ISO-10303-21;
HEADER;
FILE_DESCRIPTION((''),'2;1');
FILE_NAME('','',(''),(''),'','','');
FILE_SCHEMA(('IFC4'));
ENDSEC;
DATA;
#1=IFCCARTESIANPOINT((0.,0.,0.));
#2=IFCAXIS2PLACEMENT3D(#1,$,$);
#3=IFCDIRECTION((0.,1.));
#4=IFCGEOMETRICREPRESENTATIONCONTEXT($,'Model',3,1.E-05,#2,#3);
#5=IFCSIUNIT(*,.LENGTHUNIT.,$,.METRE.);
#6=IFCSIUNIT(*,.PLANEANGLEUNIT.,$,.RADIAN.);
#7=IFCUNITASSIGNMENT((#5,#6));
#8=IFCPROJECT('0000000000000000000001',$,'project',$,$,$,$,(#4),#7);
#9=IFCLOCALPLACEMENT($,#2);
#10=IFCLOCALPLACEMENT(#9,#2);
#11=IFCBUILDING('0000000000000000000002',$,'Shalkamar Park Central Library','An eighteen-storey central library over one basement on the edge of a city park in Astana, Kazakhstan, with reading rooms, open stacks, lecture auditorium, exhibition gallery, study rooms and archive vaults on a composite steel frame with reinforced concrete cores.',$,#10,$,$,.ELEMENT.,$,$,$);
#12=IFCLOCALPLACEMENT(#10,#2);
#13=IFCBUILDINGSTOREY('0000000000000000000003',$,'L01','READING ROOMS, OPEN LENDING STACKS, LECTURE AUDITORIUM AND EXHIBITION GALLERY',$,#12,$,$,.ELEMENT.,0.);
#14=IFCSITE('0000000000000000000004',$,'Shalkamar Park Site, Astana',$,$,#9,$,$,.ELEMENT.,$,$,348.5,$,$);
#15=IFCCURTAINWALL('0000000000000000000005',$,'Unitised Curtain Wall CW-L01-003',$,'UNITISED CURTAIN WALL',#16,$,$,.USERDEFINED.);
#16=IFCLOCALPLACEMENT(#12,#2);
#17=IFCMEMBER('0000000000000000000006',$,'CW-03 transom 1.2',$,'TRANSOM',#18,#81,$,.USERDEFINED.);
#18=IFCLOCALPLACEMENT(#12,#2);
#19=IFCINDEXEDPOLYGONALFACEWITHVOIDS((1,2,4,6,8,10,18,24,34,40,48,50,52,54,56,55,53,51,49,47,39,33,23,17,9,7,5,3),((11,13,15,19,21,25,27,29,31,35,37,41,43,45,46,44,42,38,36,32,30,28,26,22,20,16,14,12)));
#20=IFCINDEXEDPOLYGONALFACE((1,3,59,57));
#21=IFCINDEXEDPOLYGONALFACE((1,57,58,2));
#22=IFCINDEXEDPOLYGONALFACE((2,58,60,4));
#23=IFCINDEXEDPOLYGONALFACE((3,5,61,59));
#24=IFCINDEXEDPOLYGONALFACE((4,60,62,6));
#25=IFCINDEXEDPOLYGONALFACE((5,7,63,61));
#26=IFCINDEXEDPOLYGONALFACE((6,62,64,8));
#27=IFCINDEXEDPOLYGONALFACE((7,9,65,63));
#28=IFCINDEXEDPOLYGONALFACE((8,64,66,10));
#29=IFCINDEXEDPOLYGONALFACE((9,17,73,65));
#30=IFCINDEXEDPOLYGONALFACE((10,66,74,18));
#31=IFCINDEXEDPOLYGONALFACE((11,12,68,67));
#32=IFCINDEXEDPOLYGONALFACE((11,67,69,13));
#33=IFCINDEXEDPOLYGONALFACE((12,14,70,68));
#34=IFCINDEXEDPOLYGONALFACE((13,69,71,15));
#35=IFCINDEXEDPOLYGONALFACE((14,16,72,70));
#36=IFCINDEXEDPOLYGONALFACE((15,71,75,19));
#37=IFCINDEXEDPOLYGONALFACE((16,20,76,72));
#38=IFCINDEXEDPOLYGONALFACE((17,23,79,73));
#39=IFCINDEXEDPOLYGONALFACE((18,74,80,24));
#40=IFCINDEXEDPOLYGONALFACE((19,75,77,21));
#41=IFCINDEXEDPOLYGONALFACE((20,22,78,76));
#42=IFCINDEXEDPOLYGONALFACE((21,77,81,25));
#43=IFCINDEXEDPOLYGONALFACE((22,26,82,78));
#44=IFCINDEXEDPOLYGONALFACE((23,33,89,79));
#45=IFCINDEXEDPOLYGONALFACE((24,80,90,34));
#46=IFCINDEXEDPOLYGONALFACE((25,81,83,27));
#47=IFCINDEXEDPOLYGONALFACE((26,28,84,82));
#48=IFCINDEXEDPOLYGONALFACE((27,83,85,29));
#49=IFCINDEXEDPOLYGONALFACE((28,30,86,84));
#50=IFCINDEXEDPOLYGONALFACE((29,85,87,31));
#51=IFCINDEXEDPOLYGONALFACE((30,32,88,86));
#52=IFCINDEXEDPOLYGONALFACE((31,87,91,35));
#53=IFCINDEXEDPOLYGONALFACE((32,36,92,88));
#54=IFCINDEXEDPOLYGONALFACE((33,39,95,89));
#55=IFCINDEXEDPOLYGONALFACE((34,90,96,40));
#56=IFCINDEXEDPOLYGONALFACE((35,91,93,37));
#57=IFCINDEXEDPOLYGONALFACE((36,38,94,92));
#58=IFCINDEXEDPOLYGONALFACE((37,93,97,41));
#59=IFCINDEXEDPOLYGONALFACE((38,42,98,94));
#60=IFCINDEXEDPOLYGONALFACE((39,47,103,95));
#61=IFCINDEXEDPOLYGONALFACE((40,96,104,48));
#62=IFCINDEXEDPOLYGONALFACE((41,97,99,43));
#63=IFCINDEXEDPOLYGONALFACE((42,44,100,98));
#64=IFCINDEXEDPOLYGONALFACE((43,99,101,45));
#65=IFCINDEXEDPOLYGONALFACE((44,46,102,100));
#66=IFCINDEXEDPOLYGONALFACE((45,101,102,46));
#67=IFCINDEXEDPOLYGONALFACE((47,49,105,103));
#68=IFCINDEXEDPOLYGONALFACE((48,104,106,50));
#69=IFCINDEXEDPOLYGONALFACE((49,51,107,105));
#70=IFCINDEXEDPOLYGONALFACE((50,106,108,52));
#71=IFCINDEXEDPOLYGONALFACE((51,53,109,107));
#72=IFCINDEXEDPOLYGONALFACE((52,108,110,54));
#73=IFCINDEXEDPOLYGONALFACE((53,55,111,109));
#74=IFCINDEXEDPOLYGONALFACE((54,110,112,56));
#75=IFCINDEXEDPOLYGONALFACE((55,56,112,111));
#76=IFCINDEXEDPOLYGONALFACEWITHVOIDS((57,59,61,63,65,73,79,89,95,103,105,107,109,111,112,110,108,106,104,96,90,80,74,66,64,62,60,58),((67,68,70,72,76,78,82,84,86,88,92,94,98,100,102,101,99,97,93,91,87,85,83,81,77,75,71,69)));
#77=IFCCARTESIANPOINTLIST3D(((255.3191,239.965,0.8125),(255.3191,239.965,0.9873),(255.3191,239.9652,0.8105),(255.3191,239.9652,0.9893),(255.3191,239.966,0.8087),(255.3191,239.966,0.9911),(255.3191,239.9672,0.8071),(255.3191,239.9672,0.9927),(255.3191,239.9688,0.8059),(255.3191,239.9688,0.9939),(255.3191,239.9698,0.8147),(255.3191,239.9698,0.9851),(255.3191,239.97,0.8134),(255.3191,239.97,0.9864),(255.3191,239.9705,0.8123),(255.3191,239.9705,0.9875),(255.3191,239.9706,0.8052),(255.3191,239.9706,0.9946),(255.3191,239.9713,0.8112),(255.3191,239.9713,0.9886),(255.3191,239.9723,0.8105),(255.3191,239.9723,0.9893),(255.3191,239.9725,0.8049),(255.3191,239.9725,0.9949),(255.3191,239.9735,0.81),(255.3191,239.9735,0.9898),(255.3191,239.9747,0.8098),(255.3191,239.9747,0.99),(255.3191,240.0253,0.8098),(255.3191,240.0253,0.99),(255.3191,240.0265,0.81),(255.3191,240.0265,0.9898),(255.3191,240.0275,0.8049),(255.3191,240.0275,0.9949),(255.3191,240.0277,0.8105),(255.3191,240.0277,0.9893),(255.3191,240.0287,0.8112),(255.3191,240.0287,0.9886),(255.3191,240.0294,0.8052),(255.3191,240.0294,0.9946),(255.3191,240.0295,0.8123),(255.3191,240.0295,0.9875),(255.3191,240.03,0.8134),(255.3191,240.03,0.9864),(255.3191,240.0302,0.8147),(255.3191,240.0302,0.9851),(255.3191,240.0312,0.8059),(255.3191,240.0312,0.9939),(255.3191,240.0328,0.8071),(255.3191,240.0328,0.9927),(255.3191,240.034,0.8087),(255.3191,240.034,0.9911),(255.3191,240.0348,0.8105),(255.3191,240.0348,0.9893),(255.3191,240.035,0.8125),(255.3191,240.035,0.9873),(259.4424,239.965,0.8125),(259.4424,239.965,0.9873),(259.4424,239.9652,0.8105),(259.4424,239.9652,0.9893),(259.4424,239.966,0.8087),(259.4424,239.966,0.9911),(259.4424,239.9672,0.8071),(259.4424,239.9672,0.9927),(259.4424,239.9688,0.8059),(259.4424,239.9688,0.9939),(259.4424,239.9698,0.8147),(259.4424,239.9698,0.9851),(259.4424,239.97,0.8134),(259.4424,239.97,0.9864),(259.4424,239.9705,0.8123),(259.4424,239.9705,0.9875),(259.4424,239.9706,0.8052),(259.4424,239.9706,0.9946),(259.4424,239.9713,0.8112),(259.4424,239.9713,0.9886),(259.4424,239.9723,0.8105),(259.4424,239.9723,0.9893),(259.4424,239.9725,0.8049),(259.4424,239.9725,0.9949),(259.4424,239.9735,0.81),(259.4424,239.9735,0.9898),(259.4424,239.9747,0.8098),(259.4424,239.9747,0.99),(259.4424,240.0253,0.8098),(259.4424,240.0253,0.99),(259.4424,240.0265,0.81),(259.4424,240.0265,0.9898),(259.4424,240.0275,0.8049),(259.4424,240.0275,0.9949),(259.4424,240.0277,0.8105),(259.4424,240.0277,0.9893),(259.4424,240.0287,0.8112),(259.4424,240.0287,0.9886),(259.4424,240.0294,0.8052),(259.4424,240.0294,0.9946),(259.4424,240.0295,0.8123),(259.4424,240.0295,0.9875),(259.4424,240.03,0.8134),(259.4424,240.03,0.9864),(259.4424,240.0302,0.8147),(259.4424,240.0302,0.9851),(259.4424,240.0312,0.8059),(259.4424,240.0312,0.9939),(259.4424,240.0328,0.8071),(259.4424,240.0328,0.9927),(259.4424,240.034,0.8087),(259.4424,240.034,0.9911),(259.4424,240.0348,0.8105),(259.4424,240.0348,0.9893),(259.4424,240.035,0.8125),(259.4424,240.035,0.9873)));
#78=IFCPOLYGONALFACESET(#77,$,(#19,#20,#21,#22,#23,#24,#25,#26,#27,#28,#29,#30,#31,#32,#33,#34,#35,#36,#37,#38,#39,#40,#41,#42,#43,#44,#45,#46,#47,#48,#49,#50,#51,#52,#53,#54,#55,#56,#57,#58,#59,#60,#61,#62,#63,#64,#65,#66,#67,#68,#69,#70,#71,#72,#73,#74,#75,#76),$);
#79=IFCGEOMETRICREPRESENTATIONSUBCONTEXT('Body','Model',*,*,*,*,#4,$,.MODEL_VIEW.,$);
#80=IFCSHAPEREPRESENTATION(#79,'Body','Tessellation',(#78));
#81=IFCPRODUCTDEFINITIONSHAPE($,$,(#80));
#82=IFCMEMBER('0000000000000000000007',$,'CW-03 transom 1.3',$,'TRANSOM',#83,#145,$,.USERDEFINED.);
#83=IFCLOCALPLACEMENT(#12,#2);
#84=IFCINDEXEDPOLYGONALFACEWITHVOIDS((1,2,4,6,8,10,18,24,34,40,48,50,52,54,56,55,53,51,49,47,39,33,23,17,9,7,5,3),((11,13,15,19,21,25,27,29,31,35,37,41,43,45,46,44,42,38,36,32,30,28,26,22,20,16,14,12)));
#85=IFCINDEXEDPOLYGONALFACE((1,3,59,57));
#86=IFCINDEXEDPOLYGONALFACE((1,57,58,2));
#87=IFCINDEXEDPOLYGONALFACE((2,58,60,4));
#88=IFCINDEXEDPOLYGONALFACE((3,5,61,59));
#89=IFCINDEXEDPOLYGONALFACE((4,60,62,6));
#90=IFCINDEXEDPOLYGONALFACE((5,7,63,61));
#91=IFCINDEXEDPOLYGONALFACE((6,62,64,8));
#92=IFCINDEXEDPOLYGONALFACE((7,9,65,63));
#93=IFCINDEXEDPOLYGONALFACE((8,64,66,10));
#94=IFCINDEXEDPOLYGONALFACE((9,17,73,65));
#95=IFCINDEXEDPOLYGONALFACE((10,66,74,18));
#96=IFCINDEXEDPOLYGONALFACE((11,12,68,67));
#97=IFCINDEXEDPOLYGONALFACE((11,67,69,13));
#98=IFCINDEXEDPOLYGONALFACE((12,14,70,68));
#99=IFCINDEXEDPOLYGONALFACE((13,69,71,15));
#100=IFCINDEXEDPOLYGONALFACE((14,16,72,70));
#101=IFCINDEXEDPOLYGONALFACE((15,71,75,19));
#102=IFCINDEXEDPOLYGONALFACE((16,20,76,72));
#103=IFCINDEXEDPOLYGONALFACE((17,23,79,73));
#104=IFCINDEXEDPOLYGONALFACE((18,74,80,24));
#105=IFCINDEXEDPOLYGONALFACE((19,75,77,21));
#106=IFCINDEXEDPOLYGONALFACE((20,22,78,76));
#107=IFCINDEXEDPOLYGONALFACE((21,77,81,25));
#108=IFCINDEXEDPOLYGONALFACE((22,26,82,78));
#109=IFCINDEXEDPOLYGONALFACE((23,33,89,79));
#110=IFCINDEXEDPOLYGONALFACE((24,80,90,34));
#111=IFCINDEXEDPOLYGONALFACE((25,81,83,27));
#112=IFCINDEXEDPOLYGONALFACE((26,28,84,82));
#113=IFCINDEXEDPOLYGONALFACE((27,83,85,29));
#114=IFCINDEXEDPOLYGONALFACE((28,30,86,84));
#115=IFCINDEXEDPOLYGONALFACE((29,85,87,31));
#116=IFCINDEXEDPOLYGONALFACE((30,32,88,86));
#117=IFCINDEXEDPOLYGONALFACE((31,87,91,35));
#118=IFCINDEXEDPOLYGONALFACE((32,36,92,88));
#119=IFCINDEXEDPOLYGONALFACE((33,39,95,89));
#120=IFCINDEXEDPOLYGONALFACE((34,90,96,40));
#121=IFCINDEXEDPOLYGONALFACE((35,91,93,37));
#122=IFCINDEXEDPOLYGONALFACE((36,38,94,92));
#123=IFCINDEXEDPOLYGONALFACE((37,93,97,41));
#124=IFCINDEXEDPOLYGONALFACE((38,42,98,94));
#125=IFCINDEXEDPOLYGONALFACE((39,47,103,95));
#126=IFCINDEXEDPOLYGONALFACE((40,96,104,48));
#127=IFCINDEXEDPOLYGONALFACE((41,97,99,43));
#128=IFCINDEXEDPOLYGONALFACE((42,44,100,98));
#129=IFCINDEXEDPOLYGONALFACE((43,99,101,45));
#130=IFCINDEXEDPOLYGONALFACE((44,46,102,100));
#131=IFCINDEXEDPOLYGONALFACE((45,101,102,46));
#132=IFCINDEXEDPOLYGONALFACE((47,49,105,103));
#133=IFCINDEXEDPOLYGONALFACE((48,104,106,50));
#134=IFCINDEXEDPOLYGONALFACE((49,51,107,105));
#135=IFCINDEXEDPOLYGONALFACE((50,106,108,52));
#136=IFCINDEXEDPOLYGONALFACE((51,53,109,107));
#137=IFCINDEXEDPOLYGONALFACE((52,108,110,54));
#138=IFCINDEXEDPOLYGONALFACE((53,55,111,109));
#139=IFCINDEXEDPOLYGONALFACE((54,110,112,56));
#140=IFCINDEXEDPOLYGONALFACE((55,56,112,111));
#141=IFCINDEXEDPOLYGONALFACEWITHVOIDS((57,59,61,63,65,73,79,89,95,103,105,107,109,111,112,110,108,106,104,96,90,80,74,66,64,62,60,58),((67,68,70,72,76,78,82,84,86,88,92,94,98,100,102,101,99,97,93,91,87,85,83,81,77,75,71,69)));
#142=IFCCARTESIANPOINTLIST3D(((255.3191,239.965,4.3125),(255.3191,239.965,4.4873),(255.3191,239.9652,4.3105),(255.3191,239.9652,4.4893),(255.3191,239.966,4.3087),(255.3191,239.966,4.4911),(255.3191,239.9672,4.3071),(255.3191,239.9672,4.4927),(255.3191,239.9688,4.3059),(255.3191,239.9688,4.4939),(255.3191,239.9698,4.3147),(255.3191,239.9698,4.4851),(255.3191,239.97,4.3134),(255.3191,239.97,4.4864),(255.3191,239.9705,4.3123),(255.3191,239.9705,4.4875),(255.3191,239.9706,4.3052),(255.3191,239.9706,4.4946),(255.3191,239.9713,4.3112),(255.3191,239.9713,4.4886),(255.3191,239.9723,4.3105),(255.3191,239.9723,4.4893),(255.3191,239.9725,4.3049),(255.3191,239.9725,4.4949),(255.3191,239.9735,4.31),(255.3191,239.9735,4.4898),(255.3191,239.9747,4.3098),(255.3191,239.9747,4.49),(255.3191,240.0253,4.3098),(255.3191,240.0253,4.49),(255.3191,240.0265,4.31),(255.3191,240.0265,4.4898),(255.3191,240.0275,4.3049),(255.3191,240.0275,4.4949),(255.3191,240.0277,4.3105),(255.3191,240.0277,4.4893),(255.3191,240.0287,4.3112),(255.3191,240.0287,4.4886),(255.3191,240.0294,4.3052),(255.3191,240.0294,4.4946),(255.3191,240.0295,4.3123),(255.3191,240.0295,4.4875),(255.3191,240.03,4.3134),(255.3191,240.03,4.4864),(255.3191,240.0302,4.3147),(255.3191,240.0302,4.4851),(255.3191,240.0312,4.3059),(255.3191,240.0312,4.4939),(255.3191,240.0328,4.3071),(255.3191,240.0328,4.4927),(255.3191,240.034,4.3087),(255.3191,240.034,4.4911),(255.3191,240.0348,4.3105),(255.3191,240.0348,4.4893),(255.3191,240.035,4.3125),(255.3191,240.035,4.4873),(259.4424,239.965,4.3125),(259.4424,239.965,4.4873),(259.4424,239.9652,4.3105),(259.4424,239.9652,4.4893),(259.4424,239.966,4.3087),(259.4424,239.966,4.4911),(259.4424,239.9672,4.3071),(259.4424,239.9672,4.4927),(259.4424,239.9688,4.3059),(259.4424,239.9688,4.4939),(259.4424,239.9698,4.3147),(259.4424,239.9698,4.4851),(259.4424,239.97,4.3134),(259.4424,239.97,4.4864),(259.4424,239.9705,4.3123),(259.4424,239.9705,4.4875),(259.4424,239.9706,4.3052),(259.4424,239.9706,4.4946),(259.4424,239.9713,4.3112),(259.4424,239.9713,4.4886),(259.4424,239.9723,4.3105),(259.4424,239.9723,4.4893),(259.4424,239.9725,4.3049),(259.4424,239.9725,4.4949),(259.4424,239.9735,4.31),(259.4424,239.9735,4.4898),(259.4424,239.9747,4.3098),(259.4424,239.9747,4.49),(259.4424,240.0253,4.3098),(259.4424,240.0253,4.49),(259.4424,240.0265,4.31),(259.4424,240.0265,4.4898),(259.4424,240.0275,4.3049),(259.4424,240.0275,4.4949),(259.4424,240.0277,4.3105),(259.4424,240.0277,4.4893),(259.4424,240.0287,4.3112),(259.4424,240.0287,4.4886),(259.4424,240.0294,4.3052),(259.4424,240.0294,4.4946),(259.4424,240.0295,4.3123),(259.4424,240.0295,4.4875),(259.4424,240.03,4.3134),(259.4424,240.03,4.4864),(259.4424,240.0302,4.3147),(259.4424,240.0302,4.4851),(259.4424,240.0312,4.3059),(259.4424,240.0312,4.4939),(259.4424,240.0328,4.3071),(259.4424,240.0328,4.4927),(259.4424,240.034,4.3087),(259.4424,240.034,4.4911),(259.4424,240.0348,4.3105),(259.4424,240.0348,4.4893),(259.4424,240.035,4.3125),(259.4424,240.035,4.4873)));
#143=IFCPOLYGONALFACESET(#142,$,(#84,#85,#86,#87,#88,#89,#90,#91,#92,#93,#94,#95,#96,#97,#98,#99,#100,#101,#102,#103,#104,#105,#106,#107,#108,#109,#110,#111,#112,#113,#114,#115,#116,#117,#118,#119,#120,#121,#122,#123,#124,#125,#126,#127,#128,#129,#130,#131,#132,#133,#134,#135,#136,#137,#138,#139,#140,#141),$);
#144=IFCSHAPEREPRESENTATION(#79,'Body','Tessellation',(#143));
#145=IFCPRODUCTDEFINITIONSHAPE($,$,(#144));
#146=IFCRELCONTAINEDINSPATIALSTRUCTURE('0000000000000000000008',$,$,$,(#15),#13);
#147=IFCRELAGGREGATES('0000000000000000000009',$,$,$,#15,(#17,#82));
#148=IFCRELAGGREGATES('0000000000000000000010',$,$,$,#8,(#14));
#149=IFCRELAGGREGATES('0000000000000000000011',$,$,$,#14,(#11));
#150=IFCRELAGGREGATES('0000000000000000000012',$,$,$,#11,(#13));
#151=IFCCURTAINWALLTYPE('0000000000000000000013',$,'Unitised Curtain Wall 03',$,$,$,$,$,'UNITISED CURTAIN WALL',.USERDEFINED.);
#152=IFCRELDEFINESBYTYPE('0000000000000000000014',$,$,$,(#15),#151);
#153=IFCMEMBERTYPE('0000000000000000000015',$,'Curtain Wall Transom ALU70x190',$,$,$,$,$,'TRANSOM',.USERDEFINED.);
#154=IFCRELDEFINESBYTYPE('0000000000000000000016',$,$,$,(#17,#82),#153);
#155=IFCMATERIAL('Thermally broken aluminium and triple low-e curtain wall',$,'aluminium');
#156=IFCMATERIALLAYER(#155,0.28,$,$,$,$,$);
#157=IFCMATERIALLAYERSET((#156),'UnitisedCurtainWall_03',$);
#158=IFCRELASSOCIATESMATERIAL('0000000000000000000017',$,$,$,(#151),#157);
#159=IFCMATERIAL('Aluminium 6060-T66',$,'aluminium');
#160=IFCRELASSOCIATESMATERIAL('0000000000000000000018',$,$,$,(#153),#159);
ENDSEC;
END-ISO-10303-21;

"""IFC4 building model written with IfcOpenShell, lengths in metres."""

from ifc_helpers import new_model, si_unit, direction, frame, origin, origin_2d, place, context, subcontext, project, spatial, hollow_rectangle, extrude, material, layer, layer_set, material_profile, profile_set, type_object, element, aggregate, save


model = new_model("IFC4")

# Units and contexts
model_context = context("Model", 3, precision=1e-05, world=origin(), true_north=direction((0.0, 1.0)))
body_context = subcontext(model_context, "Body", "Model", "MODEL_VIEW")
ifc_project = project(units=[si_unit("LENGTHUNIT", "METRE"), si_unit("PLANEANGLEUNIT", "RADIAN")], contexts=[model_context])

# Site, building, storey
site_placement = place(None, origin())
site = spatial("IfcSite", under=ifc_project, at=site_placement, Name="Shalkamar Park Site, Astana", CompositionType="ELEMENT", RefElevation=348.5)
building_placement = place(site_placement, origin())
building = spatial("IfcBuilding", under=site, at=building_placement, Name="Shalkamar Park Central Library", Description="An eighteen-storey central library over one basement on the edge of a city park in Astana, Kazakhstan, with reading rooms, open stacks, lecture auditorium, exhibition gallery, study rooms and archive vaults on a composite steel frame with reinforced concrete cores.", CompositionType="ELEMENT")
storey_placement = place(building_placement, origin())
storey = spatial("IfcBuildingStorey", under=building, at=storey_placement, Name="L01", Description="READING ROOMS, OPEN LENDING STACKS, LECTURE AUDITORIUM AND EXHIBITION GALLERY", CompositionType="ELEMENT", Elevation=0.0)

# Shared definitions
ifc_material_1 = material(Name="Thermally broken aluminium and triple low-e curtain wall", Category="aluminium")
ifc_material_2 = material(Name="Aluminium 6060-T66", Category="aluminium")

# Curtain wall
ifc_layer_1 = layer(ifc_material_1, 0.28)
ifc_layer_set_1 = layer_set([ifc_layer_1], Name="UnitisedCurtainWall_03")
curtain_wall_type_1 = type_object("IfcCurtainWallType", Name="Unitised Curtain Wall 03", ElementType="UNITISED CURTAIN WALL", PredefinedType="USERDEFINED", material=ifc_layer_set_1)
curtain_wall_1_placement = place(storey_placement, origin())
curtain_wall_1 = element("IfcCurtainWall", 1, at=curtain_wall_1_placement, inside=storey, type_object=curtain_wall_type_1, Name="Unitised Curtain Wall CW-L01-003", ObjectType="UNITISED CURTAIN WALL", PredefinedType="USERDEFINED")

# Members
ifc_material_profile_1 = material_profile(ifc_material_2, hollow_rectangle(XDim=0.0701, YDim=0.1899, WallThickness=0.0049, InnerFilletRadius=0.0049, OuterFilletRadius=0.0076, at=origin_2d()), Name="ALU 70x190x5")
ifc_profile_set_1 = profile_set([ifc_material_profile_1], Name="Aluminium 6060-T66")
member_type_1 = type_object("IfcMemberType", Name="Curtain Wall Transom ALU70x190", ElementType="TRANSOM", PredefinedType="USERDEFINED", material=ifc_profile_set_1)
member_1_placement = place(storey_placement, frame((255.3191, 240.0, 0.8999), z_axis=(1.0, 0.0, 0.0), x_axis=(0.0, 1.0, 0.0)))
member_1 = element("IfcMember", 2, at=member_1_placement, type_object=member_type_1, Name="CW-03 transom 1.2", ObjectType="TRANSOM", PredefinedType="USERDEFINED", context=body_context, shape_type="SweptSolid", body=[
    extrude(hollow_rectangle(XDim=0.0701, YDim=0.1899, WallThickness=0.0049, InnerFilletRadius=0.0049, OuterFilletRadius=0.0076, at=origin_2d()), origin(), (0.0, 0.0, 1.0), 4.1233),
])
member_2_placement = place(storey_placement, frame((255.3191, 240.0, 4.3999), z_axis=(1.0, 0.0, 0.0), x_axis=(0.0, 1.0, 0.0)))
member_2 = element("IfcMember", 3, at=member_2_placement, type_object=member_type_1, Name="CW-03 transom 1.3", ObjectType="TRANSOM", PredefinedType="USERDEFINED", context=body_context, shape_type="SweptSolid", body=[
    extrude(hollow_rectangle(XDim=0.0701, YDim=0.1899, WallThickness=0.0049, InnerFilletRadius=0.0049, OuterFilletRadius=0.0076, at=origin_2d()), origin(), (0.0, 0.0, 1.0), 4.1233),
])

aggregate(curtain_wall_1, [member_1, member_2])

save(model, "model.ifc")
